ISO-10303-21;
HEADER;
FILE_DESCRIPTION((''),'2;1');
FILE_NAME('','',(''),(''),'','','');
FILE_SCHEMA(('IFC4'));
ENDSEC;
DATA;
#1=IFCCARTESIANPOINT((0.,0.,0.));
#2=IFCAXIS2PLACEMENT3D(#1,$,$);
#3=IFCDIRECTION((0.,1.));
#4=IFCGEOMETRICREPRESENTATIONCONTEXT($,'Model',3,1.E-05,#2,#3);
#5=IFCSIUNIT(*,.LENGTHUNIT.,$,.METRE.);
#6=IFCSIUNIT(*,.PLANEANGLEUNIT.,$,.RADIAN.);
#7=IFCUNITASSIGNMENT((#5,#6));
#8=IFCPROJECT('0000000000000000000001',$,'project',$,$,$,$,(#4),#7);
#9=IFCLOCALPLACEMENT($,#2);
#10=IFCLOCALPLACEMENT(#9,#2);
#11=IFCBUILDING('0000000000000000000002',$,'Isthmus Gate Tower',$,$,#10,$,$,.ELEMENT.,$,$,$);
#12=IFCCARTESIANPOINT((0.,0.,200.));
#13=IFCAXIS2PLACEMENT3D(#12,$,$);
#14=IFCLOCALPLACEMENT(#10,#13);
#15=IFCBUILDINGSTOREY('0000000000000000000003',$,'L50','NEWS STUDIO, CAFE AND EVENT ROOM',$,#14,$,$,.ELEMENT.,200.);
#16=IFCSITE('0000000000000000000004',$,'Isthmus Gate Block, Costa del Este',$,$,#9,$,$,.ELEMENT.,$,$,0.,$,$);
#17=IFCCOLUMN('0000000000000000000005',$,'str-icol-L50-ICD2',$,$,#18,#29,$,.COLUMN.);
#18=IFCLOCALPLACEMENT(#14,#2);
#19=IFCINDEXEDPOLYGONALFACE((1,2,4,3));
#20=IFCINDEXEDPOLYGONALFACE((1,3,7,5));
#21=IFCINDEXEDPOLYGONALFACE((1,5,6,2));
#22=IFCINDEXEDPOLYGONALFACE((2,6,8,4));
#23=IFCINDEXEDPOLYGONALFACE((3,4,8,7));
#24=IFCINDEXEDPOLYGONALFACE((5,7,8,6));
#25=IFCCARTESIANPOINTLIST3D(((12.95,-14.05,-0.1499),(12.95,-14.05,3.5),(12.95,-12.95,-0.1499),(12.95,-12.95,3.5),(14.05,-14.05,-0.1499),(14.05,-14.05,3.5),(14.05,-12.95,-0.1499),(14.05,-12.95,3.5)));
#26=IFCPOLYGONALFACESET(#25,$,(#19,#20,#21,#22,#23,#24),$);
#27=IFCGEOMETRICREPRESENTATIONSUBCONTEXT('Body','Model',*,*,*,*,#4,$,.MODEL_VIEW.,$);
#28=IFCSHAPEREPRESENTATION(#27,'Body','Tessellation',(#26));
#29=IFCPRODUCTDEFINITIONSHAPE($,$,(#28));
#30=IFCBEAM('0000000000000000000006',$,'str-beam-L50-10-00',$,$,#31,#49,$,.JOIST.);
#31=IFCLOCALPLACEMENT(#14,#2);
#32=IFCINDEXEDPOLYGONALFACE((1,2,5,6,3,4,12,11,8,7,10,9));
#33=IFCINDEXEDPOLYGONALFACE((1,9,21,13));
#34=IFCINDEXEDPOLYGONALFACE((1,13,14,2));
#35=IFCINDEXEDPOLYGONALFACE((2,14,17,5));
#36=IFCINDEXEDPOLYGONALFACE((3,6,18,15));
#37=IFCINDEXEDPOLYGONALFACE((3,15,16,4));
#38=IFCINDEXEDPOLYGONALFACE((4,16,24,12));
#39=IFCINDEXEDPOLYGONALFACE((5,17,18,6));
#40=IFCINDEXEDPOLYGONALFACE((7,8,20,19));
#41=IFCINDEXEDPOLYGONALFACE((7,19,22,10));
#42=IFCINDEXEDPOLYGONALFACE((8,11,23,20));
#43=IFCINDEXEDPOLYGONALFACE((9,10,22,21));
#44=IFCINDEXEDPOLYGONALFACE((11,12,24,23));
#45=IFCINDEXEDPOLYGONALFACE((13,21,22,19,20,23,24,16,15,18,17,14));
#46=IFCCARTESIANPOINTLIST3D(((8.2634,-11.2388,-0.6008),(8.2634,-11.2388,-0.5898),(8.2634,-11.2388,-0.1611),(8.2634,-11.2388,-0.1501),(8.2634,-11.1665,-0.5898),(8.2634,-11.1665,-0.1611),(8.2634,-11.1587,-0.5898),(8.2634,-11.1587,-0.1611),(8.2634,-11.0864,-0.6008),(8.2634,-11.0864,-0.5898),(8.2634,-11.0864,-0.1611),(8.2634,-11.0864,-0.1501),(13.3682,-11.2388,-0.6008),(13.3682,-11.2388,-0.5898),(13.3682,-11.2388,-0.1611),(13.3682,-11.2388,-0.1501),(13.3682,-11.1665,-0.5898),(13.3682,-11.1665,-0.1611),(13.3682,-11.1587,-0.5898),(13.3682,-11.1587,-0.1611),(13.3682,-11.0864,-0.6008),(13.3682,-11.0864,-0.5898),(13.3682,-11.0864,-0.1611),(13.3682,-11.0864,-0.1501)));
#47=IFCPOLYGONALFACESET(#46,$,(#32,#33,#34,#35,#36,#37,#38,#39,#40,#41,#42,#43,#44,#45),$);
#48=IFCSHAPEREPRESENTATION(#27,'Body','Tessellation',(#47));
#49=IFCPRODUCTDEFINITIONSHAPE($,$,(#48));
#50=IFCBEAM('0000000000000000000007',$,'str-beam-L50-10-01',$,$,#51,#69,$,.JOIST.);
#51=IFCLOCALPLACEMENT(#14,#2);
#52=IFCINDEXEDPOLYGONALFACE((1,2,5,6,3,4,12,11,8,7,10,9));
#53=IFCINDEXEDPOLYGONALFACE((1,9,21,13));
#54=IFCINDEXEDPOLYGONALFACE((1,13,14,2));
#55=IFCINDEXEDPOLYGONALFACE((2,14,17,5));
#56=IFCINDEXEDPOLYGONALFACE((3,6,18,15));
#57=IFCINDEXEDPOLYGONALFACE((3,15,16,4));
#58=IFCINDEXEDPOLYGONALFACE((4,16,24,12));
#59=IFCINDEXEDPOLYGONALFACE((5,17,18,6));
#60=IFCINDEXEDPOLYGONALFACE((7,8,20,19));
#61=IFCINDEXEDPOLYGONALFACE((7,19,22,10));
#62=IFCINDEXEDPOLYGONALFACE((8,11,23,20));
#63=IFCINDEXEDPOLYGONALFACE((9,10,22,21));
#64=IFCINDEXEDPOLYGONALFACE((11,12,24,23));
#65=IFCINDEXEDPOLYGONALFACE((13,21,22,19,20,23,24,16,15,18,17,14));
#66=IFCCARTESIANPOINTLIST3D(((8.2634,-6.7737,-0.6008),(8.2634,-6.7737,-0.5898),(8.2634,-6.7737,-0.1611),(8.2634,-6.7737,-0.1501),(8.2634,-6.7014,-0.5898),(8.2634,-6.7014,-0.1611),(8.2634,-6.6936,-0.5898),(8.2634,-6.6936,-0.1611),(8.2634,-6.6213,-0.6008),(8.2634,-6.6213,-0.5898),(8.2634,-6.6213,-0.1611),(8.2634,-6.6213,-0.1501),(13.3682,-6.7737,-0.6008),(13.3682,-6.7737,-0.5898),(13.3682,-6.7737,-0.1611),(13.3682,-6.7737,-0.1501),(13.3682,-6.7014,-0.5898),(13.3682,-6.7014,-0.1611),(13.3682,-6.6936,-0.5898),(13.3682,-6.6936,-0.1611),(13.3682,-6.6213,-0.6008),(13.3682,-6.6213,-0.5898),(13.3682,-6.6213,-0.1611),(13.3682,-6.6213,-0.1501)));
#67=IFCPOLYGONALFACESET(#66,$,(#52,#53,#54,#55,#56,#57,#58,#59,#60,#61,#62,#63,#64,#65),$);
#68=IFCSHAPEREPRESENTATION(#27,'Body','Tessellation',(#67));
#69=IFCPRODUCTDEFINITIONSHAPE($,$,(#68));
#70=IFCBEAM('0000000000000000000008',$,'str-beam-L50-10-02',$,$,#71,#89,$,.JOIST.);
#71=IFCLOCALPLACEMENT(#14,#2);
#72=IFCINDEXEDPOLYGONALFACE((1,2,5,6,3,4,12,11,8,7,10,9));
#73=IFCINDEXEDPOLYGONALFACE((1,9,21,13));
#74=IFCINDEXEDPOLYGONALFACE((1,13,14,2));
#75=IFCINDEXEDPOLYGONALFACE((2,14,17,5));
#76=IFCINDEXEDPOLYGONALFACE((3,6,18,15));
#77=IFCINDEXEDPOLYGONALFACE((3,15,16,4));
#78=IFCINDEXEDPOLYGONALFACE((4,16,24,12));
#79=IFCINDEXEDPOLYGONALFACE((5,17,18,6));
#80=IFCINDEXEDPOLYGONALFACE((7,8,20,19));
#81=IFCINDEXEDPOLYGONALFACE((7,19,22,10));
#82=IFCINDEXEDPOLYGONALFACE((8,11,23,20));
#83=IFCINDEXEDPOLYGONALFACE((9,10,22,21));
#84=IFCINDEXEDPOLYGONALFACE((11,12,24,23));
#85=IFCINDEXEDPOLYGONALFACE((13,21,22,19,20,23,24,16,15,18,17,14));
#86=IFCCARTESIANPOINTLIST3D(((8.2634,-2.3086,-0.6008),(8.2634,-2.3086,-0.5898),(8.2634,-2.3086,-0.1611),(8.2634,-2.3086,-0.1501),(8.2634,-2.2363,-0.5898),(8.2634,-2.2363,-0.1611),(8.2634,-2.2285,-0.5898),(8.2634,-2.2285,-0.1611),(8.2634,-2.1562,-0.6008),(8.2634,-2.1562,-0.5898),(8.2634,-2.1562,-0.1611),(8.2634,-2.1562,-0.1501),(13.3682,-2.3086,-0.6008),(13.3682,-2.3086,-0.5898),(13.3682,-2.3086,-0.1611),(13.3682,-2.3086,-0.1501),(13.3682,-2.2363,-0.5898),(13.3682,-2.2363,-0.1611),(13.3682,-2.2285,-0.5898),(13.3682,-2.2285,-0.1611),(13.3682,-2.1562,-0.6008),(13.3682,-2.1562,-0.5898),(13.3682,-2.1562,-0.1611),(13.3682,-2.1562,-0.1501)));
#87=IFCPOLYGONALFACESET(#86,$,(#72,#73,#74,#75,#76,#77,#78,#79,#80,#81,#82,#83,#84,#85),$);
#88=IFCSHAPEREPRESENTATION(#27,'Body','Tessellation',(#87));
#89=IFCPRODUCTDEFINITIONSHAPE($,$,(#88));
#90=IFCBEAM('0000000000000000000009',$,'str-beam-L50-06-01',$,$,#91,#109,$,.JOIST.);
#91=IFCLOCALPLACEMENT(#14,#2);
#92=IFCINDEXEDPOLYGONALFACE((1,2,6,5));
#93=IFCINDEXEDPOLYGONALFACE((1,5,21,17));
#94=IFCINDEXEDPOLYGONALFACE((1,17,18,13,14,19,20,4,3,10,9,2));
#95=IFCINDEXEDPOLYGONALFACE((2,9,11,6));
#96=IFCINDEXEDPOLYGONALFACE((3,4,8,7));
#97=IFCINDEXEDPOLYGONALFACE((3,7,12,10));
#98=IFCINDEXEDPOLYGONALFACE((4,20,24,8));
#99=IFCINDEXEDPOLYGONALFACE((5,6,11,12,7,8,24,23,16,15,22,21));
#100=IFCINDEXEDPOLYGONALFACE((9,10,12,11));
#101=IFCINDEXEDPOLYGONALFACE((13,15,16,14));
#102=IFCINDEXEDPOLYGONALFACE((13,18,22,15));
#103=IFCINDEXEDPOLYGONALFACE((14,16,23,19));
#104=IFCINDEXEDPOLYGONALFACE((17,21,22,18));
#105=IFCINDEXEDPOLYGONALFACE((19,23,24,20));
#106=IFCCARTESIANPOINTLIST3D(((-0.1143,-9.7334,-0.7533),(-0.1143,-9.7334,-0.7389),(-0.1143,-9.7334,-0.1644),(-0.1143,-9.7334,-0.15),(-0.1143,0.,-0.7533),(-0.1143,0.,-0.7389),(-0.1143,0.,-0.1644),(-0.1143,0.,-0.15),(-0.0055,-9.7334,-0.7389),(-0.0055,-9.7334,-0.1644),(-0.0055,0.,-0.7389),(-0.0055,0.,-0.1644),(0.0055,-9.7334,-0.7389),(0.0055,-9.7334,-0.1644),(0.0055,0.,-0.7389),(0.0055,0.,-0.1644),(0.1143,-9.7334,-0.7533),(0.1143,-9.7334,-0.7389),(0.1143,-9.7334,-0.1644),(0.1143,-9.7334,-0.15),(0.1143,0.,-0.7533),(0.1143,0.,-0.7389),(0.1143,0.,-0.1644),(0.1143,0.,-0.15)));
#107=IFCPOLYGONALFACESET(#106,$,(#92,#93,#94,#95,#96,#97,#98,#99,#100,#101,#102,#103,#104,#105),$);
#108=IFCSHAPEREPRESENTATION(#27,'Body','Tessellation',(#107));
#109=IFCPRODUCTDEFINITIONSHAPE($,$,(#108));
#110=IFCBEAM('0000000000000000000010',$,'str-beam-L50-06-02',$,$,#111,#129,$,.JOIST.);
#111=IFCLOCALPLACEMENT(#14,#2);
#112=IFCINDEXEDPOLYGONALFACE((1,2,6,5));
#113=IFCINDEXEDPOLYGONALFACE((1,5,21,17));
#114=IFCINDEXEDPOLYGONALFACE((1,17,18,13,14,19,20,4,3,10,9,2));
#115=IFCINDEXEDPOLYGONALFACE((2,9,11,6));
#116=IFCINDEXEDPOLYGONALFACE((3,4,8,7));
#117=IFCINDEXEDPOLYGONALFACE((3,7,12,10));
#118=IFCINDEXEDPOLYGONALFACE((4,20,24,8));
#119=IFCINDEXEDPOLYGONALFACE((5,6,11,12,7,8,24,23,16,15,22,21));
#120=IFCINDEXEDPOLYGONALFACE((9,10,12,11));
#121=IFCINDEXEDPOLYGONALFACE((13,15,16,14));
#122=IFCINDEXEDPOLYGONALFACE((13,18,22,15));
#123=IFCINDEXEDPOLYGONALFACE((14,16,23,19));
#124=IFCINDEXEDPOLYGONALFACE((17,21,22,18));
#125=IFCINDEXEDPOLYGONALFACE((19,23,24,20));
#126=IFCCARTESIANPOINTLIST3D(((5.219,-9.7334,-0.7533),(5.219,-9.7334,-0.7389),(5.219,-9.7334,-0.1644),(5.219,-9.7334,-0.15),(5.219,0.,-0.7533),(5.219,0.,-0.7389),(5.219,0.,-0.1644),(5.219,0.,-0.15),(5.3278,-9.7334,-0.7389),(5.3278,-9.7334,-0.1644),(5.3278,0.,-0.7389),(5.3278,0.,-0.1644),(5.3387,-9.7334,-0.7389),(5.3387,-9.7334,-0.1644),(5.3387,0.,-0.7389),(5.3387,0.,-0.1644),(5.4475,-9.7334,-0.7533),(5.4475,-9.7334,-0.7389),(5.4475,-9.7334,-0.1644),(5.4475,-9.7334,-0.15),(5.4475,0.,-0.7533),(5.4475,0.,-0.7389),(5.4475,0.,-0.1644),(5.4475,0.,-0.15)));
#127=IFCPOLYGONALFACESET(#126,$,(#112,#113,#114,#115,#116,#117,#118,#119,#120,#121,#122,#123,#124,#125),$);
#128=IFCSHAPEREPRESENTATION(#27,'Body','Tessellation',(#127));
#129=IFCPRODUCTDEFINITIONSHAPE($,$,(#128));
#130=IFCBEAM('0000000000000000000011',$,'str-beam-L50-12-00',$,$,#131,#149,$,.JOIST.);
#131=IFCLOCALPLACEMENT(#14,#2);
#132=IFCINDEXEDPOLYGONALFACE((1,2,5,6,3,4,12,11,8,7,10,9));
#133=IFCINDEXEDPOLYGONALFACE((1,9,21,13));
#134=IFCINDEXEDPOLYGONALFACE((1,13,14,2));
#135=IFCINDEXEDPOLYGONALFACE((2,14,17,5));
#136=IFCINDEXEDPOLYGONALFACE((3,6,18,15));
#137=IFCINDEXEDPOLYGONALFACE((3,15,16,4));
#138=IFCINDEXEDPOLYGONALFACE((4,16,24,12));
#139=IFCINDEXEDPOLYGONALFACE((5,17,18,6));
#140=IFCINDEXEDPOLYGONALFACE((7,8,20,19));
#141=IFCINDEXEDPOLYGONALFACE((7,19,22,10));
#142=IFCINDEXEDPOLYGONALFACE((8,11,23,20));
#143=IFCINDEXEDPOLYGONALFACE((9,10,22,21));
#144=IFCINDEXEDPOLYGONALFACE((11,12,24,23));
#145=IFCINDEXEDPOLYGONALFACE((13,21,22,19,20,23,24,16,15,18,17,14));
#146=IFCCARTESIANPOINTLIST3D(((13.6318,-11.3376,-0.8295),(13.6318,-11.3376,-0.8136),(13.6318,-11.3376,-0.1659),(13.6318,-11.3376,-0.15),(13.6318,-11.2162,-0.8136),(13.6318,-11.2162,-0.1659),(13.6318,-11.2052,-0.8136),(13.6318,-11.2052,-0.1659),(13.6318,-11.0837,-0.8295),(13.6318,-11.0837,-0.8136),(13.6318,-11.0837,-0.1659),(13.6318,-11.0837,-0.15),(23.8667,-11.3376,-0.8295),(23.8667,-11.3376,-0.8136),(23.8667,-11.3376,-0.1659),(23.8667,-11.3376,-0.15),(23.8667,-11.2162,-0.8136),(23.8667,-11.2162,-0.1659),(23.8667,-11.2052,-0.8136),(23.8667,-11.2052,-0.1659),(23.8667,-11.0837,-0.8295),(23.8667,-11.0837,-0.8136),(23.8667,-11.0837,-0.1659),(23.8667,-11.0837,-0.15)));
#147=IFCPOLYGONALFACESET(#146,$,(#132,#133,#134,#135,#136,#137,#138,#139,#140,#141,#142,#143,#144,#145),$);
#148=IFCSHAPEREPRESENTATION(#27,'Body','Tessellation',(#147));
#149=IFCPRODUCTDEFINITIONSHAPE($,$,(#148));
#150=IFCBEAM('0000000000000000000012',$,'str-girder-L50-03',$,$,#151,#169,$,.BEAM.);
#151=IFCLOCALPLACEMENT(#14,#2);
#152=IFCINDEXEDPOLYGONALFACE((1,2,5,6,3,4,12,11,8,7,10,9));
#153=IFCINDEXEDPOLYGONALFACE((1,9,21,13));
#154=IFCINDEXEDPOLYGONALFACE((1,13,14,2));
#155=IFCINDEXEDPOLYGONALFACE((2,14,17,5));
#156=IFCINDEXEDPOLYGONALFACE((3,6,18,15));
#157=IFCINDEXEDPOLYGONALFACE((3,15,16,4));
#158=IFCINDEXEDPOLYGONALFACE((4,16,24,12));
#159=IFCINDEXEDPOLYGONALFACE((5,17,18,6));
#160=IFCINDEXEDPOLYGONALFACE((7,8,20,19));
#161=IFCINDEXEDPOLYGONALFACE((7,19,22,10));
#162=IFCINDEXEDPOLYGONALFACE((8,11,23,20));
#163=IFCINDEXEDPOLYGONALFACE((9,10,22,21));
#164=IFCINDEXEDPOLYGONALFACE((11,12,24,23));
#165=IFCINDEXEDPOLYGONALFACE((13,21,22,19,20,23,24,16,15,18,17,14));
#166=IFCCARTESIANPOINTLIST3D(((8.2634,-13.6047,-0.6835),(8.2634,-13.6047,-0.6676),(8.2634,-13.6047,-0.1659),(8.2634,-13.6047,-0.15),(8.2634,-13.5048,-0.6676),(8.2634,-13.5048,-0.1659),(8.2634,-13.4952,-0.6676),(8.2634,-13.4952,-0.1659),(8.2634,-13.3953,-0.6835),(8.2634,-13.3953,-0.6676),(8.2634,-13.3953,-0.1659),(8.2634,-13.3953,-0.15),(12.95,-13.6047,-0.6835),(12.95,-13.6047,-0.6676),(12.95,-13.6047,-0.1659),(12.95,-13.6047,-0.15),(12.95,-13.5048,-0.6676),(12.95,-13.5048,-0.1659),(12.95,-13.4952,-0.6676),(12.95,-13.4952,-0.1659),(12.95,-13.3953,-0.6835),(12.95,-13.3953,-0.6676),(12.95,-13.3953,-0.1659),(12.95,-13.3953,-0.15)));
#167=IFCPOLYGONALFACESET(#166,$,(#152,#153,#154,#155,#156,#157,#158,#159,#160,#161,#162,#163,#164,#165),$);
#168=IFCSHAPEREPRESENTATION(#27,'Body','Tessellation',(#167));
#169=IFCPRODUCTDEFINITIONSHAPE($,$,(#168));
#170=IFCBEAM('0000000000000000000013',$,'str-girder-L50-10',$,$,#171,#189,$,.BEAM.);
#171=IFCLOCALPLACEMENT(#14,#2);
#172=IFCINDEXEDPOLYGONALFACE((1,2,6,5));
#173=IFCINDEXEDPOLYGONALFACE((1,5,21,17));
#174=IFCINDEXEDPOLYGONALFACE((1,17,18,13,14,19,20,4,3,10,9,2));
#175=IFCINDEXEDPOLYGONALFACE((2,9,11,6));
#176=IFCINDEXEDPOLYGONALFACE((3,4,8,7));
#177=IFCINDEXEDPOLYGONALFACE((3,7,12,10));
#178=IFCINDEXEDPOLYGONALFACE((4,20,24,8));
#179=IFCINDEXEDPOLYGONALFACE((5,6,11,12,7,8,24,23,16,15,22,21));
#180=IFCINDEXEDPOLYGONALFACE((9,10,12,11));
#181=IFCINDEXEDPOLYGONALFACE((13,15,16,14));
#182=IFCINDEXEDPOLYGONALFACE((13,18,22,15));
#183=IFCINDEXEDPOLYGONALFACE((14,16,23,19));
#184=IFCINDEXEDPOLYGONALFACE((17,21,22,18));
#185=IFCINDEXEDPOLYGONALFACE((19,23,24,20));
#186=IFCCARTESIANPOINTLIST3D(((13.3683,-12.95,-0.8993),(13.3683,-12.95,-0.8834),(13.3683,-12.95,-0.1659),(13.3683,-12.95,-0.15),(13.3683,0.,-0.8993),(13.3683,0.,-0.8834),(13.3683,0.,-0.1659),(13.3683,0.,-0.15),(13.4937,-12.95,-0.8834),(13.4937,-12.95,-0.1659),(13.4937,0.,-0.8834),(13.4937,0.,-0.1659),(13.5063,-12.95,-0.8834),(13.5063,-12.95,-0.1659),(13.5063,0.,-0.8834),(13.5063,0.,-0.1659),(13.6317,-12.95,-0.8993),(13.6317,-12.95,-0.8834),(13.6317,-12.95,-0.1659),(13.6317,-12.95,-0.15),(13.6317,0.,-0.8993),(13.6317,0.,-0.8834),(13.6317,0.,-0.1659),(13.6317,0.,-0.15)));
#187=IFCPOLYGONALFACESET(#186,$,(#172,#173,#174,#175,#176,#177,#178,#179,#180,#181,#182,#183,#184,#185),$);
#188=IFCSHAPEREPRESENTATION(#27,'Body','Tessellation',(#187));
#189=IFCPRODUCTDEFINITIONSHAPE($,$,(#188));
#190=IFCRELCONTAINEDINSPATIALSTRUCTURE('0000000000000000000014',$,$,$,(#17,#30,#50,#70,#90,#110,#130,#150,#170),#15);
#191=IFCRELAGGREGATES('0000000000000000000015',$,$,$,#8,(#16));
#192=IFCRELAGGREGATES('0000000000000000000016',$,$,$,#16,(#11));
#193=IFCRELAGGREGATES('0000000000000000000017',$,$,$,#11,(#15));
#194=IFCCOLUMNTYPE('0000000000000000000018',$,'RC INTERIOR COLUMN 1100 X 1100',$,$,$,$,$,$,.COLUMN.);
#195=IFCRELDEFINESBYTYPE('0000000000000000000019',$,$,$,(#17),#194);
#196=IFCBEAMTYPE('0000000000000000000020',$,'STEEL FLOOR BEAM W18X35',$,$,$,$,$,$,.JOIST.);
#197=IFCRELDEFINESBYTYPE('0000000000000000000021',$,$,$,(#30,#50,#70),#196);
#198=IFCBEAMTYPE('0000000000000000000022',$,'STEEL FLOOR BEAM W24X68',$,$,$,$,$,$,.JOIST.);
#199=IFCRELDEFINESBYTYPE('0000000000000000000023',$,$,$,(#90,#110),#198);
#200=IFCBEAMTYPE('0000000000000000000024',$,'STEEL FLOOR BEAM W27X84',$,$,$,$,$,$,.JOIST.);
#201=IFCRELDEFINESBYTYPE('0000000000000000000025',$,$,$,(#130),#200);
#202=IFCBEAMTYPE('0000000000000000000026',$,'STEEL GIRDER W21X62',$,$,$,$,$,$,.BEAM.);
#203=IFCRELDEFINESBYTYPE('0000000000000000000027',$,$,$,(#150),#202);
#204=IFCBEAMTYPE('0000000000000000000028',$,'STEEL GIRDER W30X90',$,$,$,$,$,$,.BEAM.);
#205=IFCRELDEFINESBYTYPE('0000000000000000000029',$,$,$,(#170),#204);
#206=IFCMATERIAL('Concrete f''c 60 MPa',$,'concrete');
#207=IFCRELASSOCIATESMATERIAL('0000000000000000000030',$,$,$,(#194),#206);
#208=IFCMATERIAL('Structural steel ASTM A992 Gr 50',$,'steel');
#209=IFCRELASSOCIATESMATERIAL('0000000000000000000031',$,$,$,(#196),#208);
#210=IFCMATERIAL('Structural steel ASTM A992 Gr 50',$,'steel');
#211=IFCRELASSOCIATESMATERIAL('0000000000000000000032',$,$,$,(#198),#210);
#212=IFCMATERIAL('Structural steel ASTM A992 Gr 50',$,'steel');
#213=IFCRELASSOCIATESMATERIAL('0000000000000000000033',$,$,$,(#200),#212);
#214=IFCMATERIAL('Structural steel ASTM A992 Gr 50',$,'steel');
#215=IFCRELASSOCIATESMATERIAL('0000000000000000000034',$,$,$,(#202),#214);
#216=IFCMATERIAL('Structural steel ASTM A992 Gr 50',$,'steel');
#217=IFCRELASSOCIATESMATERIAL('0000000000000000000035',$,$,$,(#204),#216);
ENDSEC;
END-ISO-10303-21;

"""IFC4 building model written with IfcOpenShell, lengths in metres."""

from ifc_helpers import new_model, si_unit, direction, frame, origin, origin_2d, place, context, subcontext, project, spatial, rectangle, i_section, extrude, material, material_profile, profile_set, type_object, element, save


model = new_model("IFC4")

# Units and contexts
model_context = context("Model", 3, precision=1e-05, world=origin(), true_north=direction((0.0, 1.0)))
body_context = subcontext(model_context, "Body", "Model", "MODEL_VIEW")
ifc_project = project(units=[si_unit("LENGTHUNIT", "METRE"), si_unit("PLANEANGLEUNIT", "RADIAN")], contexts=[model_context])

# Site, building, storey
site_placement = place(None, origin())
site = spatial("IfcSite", under=ifc_project, at=site_placement, Name="Isthmus Gate Block, Costa del Este", CompositionType="ELEMENT", RefElevation=0.0)
building_placement = place(site_placement, origin())
building = spatial("IfcBuilding", under=site, at=building_placement, Name="Isthmus Gate Tower", CompositionType="ELEMENT")
storey_placement = place(building_placement, frame((0.0, 0.0, 200.0)))
storey = spatial("IfcBuildingStorey", under=building, at=storey_placement, Name="L50", Description="NEWS STUDIO, CAFE AND EVENT ROOM", CompositionType="ELEMENT", Elevation=200.0)

# Column
ifc_material_1 = material(Name="Concrete f'c 60 MPa", Category="concrete")
ifc_material_profile_1 = material_profile(ifc_material_1, rectangle(XDim=1.1001, YDim=1.1001, at=origin_2d()), Name="RC 1100X1100")
ifc_profile_set_1 = profile_set([ifc_material_profile_1], Name="Concrete f'c 60 MPa")
column_type = type_object("IfcColumnType", Name="RC INTERIOR COLUMN 1100 X 1100", PredefinedType="COLUMN", material=ifc_profile_set_1)
column_placement = place(storey_placement, frame((13.5, -13.5, -0.1499), z_axis=(0.0, 0.0, 1.0), x_axis=(1.0, 0.0, 0.0)))
element("IfcColumn", 1, at=column_placement, inside=storey, type_object=column_type, Name="str-icol-L50-ICD2", PredefinedType="COLUMN", context=body_context, shape_type="SweptSolid", body=[
    extrude(rectangle(XDim=1.1001, YDim=1.1001, at=origin_2d()), origin(), (0.0, 0.0, 1.0), 3.6499),
])

# Beams
ifc_material_2 = material(Name="Structural steel ASTM A992 Gr 50", Category="steel")
ifc_material_profile_2 = material_profile(ifc_material_2, i_section(OverallWidth=0.1523, OverallDepth=0.4507, WebThickness=0.0078, FlangeThickness=0.011, at=origin_2d()), Name="W18X35")
ifc_profile_set_2 = profile_set([ifc_material_profile_2], Name="Structural steel ASTM A992 Gr 50")
beam_type_1 = type_object("IfcBeamType", Name="STEEL FLOOR BEAM W18X35", PredefinedType="JOIST", material=ifc_profile_set_2)
for number, where, z_axis, x_axis, name in (
    (2, (8.2634, -11.1626, -0.3755), (1.0, 0.0, 0.0), (0.0, 1.0, 0.0), "str-beam-L50-10-00"),
    (3, (8.2634, -6.6975, -0.3755), (1.0, 0.0, 0.0), (0.0, 1.0, 0.0), "str-beam-L50-10-01"),
    (4, (8.2634, -2.2324, -0.3755), (1.0, 0.0, 0.0), (0.0, 1.0, 0.0), "str-beam-L50-10-02"),
):
    element("IfcBeam", number, at=place(storey_placement, frame(where, z_axis=z_axis, x_axis=x_axis)), inside=storey, type_object=beam_type_1, Name=name, PredefinedType="JOIST", context=body_context, shape_type="SweptSolid", body=[
        extrude(i_section(OverallWidth=0.1523, OverallDepth=0.4507, WebThickness=0.0078, FlangeThickness=0.011, at=origin_2d()), origin(), (0.0, 0.0, 1.0), 5.1047),
    ])
ifc_material_3 = material(Name="Structural steel ASTM A992 Gr 50", Category="steel")
ifc_material_profile_3 = material_profile(ifc_material_3, i_section(OverallWidth=0.2285, OverallDepth=0.6033, WebThickness=0.011, FlangeThickness=0.0144, at=origin_2d()), Name="W24X68")
ifc_profile_set_3 = profile_set([ifc_material_profile_3], Name="Structural steel ASTM A992 Gr 50")
beam_type_2 = type_object("IfcBeamType", Name="STEEL FLOOR BEAM W24X68", PredefinedType="JOIST", material=ifc_profile_set_3)
for number, where, z_axis, x_axis, name in (
    (5, (0.0, -9.7334, -0.4517), (0.0, 1.0, 0.0), (-1.0, 0.0, 0.0), "str-beam-L50-06-01"),
    (6, (5.3333, -9.7334, -0.4517), (0.0, 1.0, 0.0), (-1.0, 0.0, 0.0), "str-beam-L50-06-02"),
):
    element("IfcBeam", number, at=place(storey_placement, frame(where, z_axis=z_axis, x_axis=x_axis)), inside=storey, type_object=beam_type_2, Name=name, PredefinedType="JOIST", context=body_context, shape_type="SweptSolid", body=[
        extrude(i_section(OverallWidth=0.2285, OverallDepth=0.6033, WebThickness=0.011, FlangeThickness=0.0144, at=origin_2d()), origin(), (0.0, 0.0, 1.0), 9.7334),
    ])
ifc_material_4 = material(Name="Structural steel ASTM A992 Gr 50", Category="steel")
ifc_material_profile_4 = material_profile(ifc_material_4, i_section(OverallWidth=0.2539, OverallDepth=0.6794, WebThickness=0.011, FlangeThickness=0.0159, at=origin_2d()), Name="W27X84")
ifc_profile_set_4 = profile_set([ifc_material_profile_4], Name="Structural steel ASTM A992 Gr 50")
beam_type_3 = type_object("IfcBeamType", Name="STEEL FLOOR BEAM W27X84", PredefinedType="JOIST", material=ifc_profile_set_4)
beam_1_placement = place(storey_placement, frame((13.6318, -11.2107, -0.4897), z_axis=(1.0, 0.0, 0.0), x_axis=(0.0, 1.0, 0.0)))
element("IfcBeam", 7, at=beam_1_placement, inside=storey, type_object=beam_type_3, Name="str-beam-L50-12-00", PredefinedType="JOIST", context=body_context, shape_type="SweptSolid", body=[
    extrude(i_section(OverallWidth=0.2539, OverallDepth=0.6794, WebThickness=0.011, FlangeThickness=0.0159, at=origin_2d()), origin(), (0.0, 0.0, 1.0), 10.2349),
])
ifc_material_5 = material(Name="Structural steel ASTM A992 Gr 50", Category="steel")
ifc_material_profile_5 = material_profile(ifc_material_5, i_section(OverallWidth=0.2095, OverallDepth=0.5334, WebThickness=0.0095, FlangeThickness=0.0159, at=origin_2d()), Name="W21X62")
ifc_profile_set_5 = profile_set([ifc_material_profile_5], Name="Structural steel ASTM A992 Gr 50")
beam_type_4 = type_object("IfcBeamType", Name="STEEL GIRDER W21X62", PredefinedType="BEAM", material=ifc_profile_set_5)
beam_2_placement = place(storey_placement, frame((8.2634, -13.5, -0.4167), z_axis=(1.0, 0.0, 0.0), x_axis=(0.0, 1.0, 0.0)))
element("IfcBeam", 8, at=beam_2_placement, inside=storey, type_object=beam_type_4, Name="str-girder-L50-03", PredefinedType="BEAM", context=body_context, shape_type="SweptSolid", body=[
    extrude(i_section(OverallWidth=0.2095, OverallDepth=0.5334, WebThickness=0.0095, FlangeThickness=0.0159, at=origin_2d()), origin(), (0.0, 0.0, 1.0), 4.6865),
])
ifc_material_6 = material(Name="Structural steel ASTM A992 Gr 50", Category="steel")
ifc_material_profile_6 = material_profile(ifc_material_6, i_section(OverallWidth=0.2634, OverallDepth=0.7493, WebThickness=0.0127, FlangeThickness=0.0159, at=origin_2d()), Name="W30X90")
ifc_profile_set_6 = profile_set([ifc_material_profile_6], Name="Structural steel ASTM A992 Gr 50")
beam_type_5 = type_object("IfcBeamType", Name="STEEL GIRDER W30X90", PredefinedType="BEAM", material=ifc_profile_set_6)
beam_3_placement = place(storey_placement, frame((13.5, -12.95, -0.5247), z_axis=(0.0, 1.0, 0.0), x_axis=(-1.0, 0.0, 0.0)))
element("IfcBeam", 9, at=beam_3_placement, inside=storey, type_object=beam_type_5, Name="str-girder-L50-10", PredefinedType="BEAM", context=body_context, shape_type="SweptSolid", body=[
    extrude(i_section(OverallWidth=0.2634, OverallDepth=0.7493, WebThickness=0.0127, FlangeThickness=0.0159, at=origin_2d()), origin(), (0.0, 0.0, 1.0), 12.95),
])

save(model, "model.ifc")
